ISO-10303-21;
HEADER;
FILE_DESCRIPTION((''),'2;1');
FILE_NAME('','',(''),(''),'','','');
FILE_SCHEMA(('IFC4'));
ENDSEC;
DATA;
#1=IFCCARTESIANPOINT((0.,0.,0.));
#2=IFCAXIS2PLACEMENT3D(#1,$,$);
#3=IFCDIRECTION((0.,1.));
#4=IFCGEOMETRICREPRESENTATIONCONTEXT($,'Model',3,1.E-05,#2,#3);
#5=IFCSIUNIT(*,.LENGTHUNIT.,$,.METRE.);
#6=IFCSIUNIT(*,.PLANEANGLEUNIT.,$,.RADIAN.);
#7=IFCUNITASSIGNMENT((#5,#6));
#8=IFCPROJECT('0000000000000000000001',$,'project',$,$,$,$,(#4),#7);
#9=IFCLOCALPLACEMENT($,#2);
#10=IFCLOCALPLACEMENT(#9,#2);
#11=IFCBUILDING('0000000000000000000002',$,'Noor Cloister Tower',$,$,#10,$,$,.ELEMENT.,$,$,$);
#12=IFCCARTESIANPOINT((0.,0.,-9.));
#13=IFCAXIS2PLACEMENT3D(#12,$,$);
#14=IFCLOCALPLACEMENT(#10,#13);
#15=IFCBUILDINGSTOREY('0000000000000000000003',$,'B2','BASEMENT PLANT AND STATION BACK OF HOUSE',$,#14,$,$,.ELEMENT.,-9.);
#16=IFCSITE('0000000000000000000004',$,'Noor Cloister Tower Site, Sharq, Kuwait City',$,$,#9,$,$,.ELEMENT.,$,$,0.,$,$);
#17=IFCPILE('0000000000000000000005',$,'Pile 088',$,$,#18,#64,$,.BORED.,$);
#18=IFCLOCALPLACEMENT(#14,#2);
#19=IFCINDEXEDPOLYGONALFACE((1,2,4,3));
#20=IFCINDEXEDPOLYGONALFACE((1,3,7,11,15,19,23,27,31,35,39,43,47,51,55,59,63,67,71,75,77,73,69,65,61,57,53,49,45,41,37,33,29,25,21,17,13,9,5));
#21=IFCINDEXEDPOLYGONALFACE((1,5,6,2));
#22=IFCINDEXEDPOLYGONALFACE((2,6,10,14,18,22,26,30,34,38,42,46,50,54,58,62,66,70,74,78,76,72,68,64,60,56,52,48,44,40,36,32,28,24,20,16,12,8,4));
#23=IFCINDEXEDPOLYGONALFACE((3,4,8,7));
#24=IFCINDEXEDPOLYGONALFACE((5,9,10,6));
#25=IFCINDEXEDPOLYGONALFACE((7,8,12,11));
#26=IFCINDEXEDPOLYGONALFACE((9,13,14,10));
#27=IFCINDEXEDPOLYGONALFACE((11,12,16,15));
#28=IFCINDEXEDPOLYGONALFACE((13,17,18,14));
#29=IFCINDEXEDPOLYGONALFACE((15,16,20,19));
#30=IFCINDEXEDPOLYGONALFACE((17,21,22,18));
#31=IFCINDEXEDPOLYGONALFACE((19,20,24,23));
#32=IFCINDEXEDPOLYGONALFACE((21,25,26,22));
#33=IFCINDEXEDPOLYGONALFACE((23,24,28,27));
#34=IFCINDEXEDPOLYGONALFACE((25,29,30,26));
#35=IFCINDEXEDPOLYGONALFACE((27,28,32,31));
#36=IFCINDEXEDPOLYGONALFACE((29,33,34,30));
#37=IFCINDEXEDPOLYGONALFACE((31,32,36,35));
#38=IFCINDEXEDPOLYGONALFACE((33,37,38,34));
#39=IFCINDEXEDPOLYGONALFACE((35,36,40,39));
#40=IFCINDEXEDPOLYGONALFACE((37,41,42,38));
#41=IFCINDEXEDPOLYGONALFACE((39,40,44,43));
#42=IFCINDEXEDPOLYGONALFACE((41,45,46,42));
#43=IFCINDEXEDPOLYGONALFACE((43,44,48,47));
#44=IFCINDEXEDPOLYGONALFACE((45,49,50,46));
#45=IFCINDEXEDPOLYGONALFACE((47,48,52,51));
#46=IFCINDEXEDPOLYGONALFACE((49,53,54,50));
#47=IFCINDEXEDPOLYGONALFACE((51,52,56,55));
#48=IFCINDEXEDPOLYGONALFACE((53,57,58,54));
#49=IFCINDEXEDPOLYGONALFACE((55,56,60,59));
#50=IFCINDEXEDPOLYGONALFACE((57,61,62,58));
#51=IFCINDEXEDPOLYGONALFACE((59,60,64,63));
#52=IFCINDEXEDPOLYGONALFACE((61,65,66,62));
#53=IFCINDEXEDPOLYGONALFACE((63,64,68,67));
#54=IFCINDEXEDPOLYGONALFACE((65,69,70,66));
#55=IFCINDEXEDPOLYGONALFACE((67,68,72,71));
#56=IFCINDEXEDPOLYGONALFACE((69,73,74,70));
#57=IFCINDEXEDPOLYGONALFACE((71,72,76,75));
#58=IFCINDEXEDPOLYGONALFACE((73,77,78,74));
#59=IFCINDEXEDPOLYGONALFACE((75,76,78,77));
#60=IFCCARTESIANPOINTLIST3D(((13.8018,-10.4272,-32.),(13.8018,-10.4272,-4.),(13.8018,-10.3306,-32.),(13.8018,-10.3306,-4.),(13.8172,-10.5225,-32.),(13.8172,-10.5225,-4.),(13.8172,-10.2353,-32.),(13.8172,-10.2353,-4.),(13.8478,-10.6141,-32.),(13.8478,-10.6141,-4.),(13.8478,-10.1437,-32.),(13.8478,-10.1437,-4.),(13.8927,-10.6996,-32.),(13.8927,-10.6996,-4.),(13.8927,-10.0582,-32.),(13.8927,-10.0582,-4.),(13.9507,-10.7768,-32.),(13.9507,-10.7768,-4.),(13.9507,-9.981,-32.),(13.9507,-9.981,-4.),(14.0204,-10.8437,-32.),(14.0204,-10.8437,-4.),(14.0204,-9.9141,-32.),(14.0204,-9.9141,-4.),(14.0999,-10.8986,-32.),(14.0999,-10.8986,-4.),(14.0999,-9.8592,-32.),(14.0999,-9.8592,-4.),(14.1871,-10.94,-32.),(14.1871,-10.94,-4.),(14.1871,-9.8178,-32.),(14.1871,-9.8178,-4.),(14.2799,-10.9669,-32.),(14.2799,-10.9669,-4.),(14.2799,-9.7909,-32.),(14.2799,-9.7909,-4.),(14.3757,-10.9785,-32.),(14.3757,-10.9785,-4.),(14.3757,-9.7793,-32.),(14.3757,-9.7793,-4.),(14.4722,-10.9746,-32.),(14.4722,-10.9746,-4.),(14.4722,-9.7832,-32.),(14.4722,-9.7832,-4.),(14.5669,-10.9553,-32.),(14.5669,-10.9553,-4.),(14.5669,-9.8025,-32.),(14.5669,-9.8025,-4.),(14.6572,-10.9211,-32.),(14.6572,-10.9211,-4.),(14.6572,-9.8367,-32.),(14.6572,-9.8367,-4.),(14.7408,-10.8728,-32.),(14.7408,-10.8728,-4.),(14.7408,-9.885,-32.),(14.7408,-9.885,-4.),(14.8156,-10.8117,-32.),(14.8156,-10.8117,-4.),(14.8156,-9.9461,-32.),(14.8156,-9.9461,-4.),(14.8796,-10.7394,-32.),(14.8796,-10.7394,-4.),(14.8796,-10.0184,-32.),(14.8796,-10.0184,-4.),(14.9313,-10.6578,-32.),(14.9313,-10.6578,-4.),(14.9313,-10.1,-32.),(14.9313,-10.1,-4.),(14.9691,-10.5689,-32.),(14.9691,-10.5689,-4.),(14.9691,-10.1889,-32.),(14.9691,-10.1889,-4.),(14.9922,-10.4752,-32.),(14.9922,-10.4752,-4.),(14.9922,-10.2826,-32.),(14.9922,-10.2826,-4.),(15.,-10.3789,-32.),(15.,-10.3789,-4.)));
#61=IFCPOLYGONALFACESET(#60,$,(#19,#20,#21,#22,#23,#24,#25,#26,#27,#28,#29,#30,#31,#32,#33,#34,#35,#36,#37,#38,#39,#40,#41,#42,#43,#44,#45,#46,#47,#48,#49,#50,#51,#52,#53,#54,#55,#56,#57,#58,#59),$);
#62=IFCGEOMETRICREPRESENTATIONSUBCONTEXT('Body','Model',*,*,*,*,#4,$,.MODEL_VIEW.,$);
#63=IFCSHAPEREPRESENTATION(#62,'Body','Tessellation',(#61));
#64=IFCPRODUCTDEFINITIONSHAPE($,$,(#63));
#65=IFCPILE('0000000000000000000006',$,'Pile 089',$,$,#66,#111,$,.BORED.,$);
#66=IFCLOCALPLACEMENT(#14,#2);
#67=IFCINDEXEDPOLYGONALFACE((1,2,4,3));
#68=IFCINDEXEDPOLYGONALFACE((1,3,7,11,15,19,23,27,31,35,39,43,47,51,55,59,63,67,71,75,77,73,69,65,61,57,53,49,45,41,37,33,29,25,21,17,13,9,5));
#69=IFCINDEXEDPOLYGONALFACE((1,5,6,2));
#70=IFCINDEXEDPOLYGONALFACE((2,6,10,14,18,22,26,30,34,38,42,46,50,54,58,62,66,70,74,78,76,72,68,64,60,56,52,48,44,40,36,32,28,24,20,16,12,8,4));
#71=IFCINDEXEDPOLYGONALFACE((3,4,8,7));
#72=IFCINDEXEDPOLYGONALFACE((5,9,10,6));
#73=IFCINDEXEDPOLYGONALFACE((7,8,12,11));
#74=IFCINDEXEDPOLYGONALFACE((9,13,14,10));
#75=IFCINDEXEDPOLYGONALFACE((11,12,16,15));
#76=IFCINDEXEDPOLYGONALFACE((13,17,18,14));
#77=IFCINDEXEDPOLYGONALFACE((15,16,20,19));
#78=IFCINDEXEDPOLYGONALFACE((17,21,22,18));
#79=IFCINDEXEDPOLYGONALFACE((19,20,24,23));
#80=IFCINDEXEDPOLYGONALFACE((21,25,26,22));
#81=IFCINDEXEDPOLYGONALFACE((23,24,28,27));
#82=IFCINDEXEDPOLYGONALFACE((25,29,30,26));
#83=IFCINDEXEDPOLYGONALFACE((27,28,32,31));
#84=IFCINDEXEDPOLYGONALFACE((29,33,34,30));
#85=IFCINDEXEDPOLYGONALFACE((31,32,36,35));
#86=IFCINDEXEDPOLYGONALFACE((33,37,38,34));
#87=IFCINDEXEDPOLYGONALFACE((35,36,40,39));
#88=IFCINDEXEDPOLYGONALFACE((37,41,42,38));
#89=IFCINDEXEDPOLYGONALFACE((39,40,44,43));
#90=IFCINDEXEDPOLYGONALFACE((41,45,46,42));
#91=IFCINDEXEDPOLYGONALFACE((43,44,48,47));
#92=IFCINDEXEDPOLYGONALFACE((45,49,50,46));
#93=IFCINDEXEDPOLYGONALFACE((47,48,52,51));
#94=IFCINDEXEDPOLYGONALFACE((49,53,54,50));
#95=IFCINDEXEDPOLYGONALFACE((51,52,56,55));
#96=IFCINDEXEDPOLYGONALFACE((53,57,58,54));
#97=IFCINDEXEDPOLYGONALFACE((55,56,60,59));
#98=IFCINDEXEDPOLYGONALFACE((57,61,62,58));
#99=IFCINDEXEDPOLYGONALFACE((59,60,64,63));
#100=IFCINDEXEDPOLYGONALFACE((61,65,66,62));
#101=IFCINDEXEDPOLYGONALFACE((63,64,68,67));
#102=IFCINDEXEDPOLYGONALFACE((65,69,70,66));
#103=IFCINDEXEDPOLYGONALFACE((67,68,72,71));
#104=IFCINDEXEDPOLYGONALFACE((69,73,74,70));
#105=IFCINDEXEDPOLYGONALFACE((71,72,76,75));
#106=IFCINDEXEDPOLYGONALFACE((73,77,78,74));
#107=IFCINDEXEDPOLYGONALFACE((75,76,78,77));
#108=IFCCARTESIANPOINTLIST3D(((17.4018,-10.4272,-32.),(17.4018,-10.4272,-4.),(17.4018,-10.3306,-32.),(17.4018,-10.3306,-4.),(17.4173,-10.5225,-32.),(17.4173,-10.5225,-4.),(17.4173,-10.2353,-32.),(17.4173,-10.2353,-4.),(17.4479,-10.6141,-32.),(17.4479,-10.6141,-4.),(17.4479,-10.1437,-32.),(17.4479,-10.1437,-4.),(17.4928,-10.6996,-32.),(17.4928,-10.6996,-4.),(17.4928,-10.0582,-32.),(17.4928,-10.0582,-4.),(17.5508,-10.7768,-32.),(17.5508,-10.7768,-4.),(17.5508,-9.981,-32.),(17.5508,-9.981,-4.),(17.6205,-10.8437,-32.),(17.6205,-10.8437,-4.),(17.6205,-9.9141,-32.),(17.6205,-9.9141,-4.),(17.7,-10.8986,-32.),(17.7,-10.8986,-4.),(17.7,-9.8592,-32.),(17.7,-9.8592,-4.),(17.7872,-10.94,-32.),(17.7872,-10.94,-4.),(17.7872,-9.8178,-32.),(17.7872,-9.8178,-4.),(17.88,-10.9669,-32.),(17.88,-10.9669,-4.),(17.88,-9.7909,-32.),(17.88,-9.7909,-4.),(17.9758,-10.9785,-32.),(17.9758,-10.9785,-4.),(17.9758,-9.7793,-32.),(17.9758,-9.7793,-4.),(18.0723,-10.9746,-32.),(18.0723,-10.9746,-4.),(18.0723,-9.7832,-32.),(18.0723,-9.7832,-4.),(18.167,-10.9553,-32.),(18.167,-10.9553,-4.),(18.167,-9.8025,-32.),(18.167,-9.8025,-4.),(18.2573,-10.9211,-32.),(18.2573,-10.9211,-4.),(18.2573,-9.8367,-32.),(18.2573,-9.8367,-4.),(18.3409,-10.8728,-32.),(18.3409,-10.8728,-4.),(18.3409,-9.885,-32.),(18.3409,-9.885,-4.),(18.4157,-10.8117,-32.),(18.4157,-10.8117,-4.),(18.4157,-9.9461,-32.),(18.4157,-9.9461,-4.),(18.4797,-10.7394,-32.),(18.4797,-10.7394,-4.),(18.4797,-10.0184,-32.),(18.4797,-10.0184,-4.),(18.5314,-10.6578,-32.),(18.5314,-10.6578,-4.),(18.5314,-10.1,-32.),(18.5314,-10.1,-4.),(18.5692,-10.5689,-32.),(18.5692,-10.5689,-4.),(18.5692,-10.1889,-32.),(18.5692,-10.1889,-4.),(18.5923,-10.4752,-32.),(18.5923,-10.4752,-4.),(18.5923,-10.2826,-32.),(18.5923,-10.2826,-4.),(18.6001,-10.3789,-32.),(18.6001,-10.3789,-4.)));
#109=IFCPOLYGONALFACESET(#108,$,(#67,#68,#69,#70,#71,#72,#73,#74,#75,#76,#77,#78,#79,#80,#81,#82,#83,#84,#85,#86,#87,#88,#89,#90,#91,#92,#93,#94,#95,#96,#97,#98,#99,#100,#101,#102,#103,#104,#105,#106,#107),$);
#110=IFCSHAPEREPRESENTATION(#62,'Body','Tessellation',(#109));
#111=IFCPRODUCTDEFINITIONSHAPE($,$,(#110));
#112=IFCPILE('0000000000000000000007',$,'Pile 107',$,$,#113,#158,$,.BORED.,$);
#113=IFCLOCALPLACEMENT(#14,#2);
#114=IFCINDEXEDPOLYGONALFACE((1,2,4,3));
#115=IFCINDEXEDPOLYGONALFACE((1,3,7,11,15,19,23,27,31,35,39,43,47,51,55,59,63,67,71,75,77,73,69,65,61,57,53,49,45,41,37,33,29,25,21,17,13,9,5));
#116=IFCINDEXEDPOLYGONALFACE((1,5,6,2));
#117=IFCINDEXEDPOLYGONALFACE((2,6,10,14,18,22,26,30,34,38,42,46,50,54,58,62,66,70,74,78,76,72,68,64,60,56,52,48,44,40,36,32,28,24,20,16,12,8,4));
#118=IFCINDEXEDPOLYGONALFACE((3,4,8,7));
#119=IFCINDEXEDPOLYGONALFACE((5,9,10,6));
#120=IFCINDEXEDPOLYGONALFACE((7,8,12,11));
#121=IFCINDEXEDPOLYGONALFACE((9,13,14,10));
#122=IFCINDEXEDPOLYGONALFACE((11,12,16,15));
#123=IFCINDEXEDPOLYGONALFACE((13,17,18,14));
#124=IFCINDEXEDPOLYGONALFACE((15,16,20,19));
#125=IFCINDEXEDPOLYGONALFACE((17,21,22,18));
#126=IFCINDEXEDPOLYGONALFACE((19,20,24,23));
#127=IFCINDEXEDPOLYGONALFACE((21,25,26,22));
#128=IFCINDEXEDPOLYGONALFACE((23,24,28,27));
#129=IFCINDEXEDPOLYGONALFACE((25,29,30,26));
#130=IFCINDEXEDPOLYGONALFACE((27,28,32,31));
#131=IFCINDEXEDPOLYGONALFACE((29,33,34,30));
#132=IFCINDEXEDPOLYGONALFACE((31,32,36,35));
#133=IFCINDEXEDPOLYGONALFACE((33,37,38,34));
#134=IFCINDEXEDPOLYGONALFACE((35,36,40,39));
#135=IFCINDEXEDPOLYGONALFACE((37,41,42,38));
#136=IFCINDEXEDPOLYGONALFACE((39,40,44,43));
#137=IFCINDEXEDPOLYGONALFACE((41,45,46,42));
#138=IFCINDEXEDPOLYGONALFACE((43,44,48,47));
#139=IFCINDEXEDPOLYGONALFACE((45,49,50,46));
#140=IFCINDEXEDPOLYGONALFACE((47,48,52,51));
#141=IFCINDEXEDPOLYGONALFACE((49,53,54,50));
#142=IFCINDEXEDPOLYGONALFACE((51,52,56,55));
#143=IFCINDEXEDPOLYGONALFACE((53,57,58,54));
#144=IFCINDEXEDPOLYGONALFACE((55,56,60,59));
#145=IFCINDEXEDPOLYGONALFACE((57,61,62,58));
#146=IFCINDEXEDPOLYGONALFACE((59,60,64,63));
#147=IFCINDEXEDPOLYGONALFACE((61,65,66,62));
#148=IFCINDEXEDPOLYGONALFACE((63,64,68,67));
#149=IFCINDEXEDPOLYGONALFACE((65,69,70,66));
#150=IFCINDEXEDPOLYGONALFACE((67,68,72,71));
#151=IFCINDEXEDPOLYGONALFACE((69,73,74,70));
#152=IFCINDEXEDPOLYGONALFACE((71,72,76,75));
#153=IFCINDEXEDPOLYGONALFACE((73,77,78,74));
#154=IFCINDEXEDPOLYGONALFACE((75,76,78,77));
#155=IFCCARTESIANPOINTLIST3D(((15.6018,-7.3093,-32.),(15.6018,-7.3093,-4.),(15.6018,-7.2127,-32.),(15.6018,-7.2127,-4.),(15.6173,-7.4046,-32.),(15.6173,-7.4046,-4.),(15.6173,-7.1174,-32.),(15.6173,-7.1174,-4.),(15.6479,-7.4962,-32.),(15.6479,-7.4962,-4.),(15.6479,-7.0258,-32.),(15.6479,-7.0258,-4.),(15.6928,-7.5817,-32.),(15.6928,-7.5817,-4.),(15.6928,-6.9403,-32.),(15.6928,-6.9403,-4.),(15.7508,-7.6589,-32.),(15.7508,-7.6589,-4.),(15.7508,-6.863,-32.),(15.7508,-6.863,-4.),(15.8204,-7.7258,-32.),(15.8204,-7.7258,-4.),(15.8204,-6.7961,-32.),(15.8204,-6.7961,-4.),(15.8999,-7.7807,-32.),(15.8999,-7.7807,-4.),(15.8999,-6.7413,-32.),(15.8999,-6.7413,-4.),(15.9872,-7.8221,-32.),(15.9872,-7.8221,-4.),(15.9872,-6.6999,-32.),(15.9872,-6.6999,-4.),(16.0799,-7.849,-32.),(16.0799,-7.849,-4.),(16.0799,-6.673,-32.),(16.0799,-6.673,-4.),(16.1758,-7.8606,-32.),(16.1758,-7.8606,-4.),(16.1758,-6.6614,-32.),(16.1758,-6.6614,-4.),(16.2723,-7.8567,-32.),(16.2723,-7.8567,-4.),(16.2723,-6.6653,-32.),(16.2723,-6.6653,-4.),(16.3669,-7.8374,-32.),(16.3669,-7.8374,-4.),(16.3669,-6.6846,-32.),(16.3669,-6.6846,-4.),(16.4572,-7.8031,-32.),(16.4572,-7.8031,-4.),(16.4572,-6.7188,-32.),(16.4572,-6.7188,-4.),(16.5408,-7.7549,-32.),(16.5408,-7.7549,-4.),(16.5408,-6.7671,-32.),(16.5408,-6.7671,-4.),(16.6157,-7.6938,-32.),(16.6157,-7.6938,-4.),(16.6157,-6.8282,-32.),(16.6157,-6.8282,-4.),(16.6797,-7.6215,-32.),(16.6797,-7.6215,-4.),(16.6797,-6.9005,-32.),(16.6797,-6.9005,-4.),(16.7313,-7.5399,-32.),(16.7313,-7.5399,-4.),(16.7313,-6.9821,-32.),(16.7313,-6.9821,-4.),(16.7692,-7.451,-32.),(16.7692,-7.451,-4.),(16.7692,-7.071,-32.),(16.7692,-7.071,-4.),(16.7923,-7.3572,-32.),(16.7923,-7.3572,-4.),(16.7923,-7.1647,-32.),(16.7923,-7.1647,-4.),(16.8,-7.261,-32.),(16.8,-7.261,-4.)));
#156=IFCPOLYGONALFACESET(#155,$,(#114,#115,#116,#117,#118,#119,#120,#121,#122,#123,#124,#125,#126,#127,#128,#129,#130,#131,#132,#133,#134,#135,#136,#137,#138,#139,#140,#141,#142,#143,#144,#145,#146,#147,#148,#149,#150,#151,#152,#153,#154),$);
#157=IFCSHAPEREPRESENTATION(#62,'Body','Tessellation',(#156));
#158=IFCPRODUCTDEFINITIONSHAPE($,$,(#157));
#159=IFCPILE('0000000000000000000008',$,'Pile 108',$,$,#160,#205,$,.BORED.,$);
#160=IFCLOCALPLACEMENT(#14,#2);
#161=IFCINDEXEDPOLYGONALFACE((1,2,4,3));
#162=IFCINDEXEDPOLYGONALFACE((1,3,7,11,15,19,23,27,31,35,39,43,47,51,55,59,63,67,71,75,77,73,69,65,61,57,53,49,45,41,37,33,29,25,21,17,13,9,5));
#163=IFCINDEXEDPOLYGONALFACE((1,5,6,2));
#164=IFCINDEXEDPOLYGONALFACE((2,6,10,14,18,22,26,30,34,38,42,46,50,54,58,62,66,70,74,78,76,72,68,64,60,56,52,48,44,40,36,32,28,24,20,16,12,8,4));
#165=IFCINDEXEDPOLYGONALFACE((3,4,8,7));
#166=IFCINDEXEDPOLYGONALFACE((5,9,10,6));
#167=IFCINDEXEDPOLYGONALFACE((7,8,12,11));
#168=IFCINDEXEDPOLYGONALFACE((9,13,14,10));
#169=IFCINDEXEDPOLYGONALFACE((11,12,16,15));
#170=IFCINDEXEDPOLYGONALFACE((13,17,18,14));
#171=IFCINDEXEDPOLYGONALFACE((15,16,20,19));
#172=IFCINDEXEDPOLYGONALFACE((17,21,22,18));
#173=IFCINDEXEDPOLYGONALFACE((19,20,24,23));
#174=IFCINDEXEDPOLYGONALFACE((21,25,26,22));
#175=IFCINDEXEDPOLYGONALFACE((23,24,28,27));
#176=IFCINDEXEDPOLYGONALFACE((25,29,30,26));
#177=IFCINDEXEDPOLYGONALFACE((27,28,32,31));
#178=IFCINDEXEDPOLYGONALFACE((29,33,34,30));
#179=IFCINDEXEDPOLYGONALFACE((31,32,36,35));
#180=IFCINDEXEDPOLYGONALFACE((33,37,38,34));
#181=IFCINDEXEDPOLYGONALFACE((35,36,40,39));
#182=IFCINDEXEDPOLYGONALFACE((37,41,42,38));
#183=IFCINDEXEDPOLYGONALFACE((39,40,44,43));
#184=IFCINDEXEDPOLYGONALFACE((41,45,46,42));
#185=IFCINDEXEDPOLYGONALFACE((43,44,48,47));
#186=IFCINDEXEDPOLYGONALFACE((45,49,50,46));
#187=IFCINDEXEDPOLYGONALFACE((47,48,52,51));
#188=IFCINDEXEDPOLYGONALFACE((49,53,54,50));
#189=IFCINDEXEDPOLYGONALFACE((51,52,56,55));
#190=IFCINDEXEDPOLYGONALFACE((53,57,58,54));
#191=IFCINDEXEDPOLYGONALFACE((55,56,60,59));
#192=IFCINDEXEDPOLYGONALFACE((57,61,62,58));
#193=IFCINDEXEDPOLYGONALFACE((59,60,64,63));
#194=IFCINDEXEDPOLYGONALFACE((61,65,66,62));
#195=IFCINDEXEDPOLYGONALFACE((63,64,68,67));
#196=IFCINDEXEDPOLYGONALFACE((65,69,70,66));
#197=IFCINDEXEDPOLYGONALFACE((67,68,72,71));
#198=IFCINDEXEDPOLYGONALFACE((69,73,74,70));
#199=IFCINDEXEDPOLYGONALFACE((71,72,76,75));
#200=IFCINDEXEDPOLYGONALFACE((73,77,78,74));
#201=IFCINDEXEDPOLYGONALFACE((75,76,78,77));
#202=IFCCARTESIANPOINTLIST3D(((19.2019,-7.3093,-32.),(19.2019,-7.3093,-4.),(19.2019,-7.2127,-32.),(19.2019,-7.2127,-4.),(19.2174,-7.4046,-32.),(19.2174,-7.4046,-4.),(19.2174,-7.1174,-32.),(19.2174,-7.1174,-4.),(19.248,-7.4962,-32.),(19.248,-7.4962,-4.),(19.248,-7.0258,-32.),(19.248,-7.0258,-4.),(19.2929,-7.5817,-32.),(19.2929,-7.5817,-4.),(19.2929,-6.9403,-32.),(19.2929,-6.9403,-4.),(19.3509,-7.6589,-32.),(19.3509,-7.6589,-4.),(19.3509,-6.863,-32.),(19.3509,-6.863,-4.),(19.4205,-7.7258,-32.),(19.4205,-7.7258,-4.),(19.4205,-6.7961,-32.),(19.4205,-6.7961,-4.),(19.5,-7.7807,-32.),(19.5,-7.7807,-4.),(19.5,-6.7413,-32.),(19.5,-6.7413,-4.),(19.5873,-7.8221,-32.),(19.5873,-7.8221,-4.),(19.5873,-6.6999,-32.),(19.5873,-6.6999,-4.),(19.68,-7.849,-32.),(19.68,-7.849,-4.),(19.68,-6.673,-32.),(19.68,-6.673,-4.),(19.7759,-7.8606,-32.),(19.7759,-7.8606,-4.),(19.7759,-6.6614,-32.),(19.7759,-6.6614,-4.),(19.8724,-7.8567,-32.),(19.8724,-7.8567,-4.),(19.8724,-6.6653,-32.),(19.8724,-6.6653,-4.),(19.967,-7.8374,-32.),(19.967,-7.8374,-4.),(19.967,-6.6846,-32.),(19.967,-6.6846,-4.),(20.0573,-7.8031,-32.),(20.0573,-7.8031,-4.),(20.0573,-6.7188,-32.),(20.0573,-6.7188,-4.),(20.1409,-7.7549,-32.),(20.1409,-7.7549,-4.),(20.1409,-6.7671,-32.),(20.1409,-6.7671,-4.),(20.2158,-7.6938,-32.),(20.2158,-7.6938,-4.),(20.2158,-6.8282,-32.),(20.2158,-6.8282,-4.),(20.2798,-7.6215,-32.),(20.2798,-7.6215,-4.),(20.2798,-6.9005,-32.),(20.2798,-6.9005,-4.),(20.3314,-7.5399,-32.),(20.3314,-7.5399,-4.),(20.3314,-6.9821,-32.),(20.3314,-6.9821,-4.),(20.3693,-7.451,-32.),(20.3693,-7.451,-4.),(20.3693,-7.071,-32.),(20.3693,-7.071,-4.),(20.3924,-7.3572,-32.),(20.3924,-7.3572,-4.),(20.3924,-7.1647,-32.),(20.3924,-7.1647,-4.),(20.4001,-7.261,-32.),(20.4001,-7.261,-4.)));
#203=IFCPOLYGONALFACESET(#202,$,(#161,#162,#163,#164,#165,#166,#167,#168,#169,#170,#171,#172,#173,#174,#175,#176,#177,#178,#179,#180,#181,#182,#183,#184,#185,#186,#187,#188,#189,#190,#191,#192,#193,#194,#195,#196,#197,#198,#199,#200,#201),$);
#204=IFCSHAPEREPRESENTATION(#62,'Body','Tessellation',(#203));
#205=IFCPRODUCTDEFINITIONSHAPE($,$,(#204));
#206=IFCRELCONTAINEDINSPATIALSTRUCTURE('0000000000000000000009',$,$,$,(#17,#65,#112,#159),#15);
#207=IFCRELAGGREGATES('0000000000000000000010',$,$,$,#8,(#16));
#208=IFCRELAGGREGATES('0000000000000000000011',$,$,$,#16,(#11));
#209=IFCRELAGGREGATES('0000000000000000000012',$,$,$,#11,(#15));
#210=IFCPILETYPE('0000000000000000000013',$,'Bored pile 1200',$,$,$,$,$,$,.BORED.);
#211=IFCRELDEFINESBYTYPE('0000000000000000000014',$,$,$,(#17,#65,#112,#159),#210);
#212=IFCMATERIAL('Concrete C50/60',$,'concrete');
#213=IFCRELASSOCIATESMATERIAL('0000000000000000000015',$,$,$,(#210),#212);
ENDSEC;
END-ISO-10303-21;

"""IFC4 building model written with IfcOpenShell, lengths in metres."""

from ifc_helpers import new_model, si_unit, direction, frame, origin, origin_2d, place, context, subcontext, project, spatial, circle, extrude, material, material_profile, profile_set, type_object, element, save


model = new_model("IFC4")

# Units and contexts
model_context = context("Model", 3, precision=1e-05, world=origin(), true_north=direction((0.0, 1.0)))
body_context = subcontext(model_context, "Body", "Model", "MODEL_VIEW")
ifc_project = project(units=[si_unit("LENGTHUNIT", "METRE"), si_unit("PLANEANGLEUNIT", "RADIAN")], contexts=[model_context])

# Site, building, storey
site_placement = place(None, origin())
site = spatial("IfcSite", under=ifc_project, at=site_placement, Name="Noor Cloister Tower Site, Sharq, Kuwait City", CompositionType="ELEMENT", RefElevation=0.0)
building_placement = place(site_placement, origin())
building = spatial("IfcBuilding", under=site, at=building_placement, Name="Noor Cloister Tower", CompositionType="ELEMENT")
storey_placement = place(building_placement, frame((0.0, 0.0, -9.0)))
storey = spatial("IfcBuildingStorey", under=building, at=storey_placement, Name="B2", Description="BASEMENT PLANT AND STATION BACK OF HOUSE", CompositionType="ELEMENT", Elevation=-9.0)

# Piles
ifc_material_1 = material(Name="Concrete C50/60", Category="concrete")
ifc_material_profile = material_profile(ifc_material_1, circle(Radius=0.6001, at=origin_2d()), Name="Bored pile 1200")
ifc_profile_set = profile_set([ifc_material_profile], Name="Concrete C50/60")
pile_type = type_object("IfcPileType", Name="Bored pile 1200", PredefinedType="BORED", material=ifc_profile_set)
for number, where, z_axis, x_axis, name in (
    (1, (14.3999, -10.3789, -4.0), (0.0, 0.0, -1.0), (1.0, 0.0, 0.0), "Pile 088"),
    (2, (18.0, -10.3789, -4.0), (0.0, 0.0, -1.0), (1.0, 0.0, 0.0), "Pile 089"),
    (3, (16.2, -7.261, -4.0), (0.0, 0.0, -1.0), (1.0, 0.0, 0.0), "Pile 107"),
    (4, (19.8, -7.261, -4.0), (0.0, 0.0, -1.0), (1.0, 0.0, 0.0), "Pile 108"),
):
    element("IfcPile", number, at=place(storey_placement, frame(where, z_axis=z_axis, x_axis=x_axis)), inside=storey, type_object=pile_type, Name=name, PredefinedType="BORED", context=body_context, shape_type="SweptSolid", body=[
        extrude(circle(Radius=0.6001, at=origin_2d()), origin(), (0.0, 0.0, 1.0), 28.0),
    ])

save(model, "model.ifc")
